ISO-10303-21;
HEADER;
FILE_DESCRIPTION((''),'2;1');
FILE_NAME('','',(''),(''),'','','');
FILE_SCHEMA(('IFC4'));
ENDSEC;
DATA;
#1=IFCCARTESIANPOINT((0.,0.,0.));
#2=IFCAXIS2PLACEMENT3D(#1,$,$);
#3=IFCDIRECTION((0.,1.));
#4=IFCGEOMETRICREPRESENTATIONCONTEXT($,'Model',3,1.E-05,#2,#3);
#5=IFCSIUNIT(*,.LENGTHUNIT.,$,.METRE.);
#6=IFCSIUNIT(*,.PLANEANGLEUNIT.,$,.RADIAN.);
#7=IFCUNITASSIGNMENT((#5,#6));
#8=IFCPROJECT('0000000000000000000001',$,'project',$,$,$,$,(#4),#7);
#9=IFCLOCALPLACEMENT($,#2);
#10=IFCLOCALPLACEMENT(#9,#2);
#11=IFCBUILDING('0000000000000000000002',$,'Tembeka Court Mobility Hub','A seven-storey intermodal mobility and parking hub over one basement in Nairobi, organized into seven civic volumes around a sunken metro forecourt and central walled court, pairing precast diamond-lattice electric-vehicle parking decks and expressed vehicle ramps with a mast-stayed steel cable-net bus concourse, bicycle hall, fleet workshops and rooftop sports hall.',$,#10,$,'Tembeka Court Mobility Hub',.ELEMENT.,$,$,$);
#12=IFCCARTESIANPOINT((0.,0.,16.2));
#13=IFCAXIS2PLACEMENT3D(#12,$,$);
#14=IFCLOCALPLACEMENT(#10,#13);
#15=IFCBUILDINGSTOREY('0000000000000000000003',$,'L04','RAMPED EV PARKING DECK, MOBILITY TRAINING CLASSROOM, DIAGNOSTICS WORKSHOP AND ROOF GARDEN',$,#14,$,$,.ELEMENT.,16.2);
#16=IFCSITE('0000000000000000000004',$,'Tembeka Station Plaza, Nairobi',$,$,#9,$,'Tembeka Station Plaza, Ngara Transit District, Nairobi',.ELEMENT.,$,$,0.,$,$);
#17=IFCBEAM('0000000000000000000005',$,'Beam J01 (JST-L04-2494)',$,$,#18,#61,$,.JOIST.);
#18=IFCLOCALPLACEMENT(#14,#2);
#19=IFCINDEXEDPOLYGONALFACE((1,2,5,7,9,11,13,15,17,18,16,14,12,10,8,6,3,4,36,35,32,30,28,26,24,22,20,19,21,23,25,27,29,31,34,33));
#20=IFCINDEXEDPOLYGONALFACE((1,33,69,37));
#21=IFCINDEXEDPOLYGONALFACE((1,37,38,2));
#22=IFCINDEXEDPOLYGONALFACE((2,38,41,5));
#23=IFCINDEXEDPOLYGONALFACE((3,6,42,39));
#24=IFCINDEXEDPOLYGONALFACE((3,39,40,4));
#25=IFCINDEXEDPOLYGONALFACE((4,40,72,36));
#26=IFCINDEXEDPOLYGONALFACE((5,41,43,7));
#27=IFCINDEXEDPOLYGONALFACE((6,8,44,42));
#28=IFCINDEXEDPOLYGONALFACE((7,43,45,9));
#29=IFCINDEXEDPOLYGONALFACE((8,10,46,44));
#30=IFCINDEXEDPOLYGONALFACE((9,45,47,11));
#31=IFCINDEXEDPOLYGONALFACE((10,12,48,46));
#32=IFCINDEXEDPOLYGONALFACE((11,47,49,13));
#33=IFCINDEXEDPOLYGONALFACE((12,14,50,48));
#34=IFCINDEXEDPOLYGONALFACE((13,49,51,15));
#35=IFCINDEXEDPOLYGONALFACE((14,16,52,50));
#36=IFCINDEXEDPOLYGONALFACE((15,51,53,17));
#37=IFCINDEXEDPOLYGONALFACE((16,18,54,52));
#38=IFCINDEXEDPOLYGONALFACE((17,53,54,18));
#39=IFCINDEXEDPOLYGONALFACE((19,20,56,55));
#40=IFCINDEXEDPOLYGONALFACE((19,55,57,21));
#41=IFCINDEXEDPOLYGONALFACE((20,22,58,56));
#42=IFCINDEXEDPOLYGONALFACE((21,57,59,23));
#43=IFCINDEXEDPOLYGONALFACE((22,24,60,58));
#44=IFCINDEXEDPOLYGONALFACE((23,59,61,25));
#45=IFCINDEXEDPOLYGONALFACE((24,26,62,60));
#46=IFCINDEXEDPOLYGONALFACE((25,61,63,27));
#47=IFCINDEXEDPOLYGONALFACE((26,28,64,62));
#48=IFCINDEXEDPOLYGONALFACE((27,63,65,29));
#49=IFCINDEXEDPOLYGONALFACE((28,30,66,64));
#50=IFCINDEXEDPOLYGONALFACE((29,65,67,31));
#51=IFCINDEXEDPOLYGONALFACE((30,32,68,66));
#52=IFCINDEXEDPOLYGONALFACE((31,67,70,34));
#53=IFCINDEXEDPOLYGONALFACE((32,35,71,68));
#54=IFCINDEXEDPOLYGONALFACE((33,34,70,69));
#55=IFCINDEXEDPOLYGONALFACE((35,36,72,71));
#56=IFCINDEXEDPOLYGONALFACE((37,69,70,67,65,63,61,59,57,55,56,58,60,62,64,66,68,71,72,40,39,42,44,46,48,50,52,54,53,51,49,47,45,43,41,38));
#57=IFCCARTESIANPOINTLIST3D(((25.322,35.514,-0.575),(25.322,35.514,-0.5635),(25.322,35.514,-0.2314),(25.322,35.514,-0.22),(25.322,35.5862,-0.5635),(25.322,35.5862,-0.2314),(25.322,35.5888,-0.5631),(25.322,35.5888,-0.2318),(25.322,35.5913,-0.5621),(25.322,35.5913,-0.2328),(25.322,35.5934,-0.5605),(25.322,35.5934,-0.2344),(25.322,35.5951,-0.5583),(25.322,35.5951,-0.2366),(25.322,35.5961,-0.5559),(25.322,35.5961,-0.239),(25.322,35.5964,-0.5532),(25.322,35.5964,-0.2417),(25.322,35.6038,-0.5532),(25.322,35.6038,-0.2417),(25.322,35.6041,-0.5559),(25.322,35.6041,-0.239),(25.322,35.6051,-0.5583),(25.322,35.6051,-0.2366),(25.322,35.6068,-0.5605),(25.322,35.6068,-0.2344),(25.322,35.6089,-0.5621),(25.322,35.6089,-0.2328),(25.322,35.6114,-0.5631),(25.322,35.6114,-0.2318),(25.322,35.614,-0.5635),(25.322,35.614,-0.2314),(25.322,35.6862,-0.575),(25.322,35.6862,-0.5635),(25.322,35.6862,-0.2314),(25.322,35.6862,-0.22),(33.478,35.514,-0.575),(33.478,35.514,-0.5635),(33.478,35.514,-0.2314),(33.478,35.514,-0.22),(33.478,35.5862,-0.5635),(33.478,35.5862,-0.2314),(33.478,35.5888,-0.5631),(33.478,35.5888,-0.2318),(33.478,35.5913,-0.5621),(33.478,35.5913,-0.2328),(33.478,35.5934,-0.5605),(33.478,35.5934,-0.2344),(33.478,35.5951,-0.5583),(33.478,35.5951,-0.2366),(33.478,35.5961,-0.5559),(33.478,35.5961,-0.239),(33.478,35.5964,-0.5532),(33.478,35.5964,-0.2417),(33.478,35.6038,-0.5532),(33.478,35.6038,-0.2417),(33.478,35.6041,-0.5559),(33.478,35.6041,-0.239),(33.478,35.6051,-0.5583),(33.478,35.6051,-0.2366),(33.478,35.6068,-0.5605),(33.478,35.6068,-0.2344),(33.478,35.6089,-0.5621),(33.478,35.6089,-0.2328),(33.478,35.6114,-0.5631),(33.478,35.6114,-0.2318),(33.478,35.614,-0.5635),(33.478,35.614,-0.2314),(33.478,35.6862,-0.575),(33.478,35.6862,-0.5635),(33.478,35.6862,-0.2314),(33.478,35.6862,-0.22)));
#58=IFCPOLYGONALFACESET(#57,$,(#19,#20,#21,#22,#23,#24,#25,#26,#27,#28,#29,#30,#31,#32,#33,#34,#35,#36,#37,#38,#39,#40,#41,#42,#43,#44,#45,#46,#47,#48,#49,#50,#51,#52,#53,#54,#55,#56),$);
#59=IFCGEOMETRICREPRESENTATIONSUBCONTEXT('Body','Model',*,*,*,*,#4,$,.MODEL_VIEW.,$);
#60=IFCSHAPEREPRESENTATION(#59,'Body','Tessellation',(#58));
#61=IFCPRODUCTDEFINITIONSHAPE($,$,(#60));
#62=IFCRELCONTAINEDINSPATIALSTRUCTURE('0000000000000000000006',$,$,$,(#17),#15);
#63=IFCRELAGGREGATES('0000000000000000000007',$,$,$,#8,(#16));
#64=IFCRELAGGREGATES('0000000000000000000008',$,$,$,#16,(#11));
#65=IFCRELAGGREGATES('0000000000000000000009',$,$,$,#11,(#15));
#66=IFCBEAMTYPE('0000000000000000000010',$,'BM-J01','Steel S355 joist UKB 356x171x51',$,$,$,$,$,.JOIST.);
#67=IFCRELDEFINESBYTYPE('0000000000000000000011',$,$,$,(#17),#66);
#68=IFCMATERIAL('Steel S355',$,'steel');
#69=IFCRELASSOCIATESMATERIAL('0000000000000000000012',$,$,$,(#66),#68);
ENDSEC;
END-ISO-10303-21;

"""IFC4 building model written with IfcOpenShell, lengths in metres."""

from ifc_helpers import new_model, si_unit, direction, frame, origin, origin_2d, place, context, subcontext, project, spatial, i_section, extrude, material, material_profile, profile_set, type_object, element, save


model = new_model("IFC4")

# Units and contexts
model_context = context("Model", 3, precision=1e-05, world=origin(), true_north=direction((0.0, 1.0)))
body_context = subcontext(model_context, "Body", "Model", "MODEL_VIEW")
ifc_project = project(units=[si_unit("LENGTHUNIT", "METRE"), si_unit("PLANEANGLEUNIT", "RADIAN")], contexts=[model_context])

# Site, building, storey
site_placement = place(None, origin())
site = spatial("IfcSite", under=ifc_project, at=site_placement, Name="Tembeka Station Plaza, Nairobi", LongName="Tembeka Station Plaza, Ngara Transit District, Nairobi", CompositionType="ELEMENT", RefElevation=0.0)
building_placement = place(site_placement, origin())
building = spatial("IfcBuilding", under=site, at=building_placement, Name="Tembeka Court Mobility Hub", Description="A seven-storey intermodal mobility and parking hub over one basement in Nairobi, organized into seven civic volumes around a sunken metro forecourt and central walled court, pairing precast diamond-lattice electric-vehicle parking decks and expressed vehicle ramps with a mast-stayed steel cable-net bus concourse, bicycle hall, fleet workshops and rooftop sports hall.", LongName="Tembeka Court Mobility Hub", CompositionType="ELEMENT")
storey_placement = place(building_placement, frame((0.0, 0.0, 16.2)))
storey = spatial("IfcBuildingStorey", under=building, at=storey_placement, Name="L04", Description="RAMPED EV PARKING DECK, MOBILITY TRAINING CLASSROOM, DIAGNOSTICS WORKSHOP AND ROOF GARDEN", CompositionType="ELEMENT", Elevation=16.2)

# Shared definitions
ifc_material_1 = material(Name="Steel S355", Category="steel")

# Beam
ifc_material_profile_1 = material_profile(ifc_material_1, i_section(OverallWidth=0.1721, OverallDepth=0.355, WebThickness=0.0073, FlangeThickness=0.0115, FilletRadius=0.0103, at=origin_2d()), Name="UKB 356x171x51")
ifc_profile_set_1 = profile_set([ifc_material_profile_1], Name="Steel S355")
beam_type_1 = type_object("IfcBeamType", Name="BM-J01", Description="Steel S355 joist UKB 356x171x51", PredefinedType="JOIST", material=ifc_profile_set_1)
for number, where, z_axis, x_axis, name in (
    (1, (25.322, 35.6001, -0.3975), (1.0, 0.0, 0.0), (0.0, 1.0, 0.0), "Beam J01 (JST-L04-2494)"),
):
    element("IfcBeam", number, at=place(storey_placement, frame(where, z_axis=z_axis, x_axis=x_axis)), inside=storey, type_object=beam_type_1, Name=name, PredefinedType="JOIST", context=body_context, shape_type="SweptSolid", body=[
        extrude(i_section(OverallWidth=0.1721, OverallDepth=0.355, WebThickness=0.0073, FlangeThickness=0.0115, FilletRadius=0.0103, at=origin_2d()), origin(), (0.0, 0.0, 1.0), 8.156),
    ])

save(model, "model.ifc")
